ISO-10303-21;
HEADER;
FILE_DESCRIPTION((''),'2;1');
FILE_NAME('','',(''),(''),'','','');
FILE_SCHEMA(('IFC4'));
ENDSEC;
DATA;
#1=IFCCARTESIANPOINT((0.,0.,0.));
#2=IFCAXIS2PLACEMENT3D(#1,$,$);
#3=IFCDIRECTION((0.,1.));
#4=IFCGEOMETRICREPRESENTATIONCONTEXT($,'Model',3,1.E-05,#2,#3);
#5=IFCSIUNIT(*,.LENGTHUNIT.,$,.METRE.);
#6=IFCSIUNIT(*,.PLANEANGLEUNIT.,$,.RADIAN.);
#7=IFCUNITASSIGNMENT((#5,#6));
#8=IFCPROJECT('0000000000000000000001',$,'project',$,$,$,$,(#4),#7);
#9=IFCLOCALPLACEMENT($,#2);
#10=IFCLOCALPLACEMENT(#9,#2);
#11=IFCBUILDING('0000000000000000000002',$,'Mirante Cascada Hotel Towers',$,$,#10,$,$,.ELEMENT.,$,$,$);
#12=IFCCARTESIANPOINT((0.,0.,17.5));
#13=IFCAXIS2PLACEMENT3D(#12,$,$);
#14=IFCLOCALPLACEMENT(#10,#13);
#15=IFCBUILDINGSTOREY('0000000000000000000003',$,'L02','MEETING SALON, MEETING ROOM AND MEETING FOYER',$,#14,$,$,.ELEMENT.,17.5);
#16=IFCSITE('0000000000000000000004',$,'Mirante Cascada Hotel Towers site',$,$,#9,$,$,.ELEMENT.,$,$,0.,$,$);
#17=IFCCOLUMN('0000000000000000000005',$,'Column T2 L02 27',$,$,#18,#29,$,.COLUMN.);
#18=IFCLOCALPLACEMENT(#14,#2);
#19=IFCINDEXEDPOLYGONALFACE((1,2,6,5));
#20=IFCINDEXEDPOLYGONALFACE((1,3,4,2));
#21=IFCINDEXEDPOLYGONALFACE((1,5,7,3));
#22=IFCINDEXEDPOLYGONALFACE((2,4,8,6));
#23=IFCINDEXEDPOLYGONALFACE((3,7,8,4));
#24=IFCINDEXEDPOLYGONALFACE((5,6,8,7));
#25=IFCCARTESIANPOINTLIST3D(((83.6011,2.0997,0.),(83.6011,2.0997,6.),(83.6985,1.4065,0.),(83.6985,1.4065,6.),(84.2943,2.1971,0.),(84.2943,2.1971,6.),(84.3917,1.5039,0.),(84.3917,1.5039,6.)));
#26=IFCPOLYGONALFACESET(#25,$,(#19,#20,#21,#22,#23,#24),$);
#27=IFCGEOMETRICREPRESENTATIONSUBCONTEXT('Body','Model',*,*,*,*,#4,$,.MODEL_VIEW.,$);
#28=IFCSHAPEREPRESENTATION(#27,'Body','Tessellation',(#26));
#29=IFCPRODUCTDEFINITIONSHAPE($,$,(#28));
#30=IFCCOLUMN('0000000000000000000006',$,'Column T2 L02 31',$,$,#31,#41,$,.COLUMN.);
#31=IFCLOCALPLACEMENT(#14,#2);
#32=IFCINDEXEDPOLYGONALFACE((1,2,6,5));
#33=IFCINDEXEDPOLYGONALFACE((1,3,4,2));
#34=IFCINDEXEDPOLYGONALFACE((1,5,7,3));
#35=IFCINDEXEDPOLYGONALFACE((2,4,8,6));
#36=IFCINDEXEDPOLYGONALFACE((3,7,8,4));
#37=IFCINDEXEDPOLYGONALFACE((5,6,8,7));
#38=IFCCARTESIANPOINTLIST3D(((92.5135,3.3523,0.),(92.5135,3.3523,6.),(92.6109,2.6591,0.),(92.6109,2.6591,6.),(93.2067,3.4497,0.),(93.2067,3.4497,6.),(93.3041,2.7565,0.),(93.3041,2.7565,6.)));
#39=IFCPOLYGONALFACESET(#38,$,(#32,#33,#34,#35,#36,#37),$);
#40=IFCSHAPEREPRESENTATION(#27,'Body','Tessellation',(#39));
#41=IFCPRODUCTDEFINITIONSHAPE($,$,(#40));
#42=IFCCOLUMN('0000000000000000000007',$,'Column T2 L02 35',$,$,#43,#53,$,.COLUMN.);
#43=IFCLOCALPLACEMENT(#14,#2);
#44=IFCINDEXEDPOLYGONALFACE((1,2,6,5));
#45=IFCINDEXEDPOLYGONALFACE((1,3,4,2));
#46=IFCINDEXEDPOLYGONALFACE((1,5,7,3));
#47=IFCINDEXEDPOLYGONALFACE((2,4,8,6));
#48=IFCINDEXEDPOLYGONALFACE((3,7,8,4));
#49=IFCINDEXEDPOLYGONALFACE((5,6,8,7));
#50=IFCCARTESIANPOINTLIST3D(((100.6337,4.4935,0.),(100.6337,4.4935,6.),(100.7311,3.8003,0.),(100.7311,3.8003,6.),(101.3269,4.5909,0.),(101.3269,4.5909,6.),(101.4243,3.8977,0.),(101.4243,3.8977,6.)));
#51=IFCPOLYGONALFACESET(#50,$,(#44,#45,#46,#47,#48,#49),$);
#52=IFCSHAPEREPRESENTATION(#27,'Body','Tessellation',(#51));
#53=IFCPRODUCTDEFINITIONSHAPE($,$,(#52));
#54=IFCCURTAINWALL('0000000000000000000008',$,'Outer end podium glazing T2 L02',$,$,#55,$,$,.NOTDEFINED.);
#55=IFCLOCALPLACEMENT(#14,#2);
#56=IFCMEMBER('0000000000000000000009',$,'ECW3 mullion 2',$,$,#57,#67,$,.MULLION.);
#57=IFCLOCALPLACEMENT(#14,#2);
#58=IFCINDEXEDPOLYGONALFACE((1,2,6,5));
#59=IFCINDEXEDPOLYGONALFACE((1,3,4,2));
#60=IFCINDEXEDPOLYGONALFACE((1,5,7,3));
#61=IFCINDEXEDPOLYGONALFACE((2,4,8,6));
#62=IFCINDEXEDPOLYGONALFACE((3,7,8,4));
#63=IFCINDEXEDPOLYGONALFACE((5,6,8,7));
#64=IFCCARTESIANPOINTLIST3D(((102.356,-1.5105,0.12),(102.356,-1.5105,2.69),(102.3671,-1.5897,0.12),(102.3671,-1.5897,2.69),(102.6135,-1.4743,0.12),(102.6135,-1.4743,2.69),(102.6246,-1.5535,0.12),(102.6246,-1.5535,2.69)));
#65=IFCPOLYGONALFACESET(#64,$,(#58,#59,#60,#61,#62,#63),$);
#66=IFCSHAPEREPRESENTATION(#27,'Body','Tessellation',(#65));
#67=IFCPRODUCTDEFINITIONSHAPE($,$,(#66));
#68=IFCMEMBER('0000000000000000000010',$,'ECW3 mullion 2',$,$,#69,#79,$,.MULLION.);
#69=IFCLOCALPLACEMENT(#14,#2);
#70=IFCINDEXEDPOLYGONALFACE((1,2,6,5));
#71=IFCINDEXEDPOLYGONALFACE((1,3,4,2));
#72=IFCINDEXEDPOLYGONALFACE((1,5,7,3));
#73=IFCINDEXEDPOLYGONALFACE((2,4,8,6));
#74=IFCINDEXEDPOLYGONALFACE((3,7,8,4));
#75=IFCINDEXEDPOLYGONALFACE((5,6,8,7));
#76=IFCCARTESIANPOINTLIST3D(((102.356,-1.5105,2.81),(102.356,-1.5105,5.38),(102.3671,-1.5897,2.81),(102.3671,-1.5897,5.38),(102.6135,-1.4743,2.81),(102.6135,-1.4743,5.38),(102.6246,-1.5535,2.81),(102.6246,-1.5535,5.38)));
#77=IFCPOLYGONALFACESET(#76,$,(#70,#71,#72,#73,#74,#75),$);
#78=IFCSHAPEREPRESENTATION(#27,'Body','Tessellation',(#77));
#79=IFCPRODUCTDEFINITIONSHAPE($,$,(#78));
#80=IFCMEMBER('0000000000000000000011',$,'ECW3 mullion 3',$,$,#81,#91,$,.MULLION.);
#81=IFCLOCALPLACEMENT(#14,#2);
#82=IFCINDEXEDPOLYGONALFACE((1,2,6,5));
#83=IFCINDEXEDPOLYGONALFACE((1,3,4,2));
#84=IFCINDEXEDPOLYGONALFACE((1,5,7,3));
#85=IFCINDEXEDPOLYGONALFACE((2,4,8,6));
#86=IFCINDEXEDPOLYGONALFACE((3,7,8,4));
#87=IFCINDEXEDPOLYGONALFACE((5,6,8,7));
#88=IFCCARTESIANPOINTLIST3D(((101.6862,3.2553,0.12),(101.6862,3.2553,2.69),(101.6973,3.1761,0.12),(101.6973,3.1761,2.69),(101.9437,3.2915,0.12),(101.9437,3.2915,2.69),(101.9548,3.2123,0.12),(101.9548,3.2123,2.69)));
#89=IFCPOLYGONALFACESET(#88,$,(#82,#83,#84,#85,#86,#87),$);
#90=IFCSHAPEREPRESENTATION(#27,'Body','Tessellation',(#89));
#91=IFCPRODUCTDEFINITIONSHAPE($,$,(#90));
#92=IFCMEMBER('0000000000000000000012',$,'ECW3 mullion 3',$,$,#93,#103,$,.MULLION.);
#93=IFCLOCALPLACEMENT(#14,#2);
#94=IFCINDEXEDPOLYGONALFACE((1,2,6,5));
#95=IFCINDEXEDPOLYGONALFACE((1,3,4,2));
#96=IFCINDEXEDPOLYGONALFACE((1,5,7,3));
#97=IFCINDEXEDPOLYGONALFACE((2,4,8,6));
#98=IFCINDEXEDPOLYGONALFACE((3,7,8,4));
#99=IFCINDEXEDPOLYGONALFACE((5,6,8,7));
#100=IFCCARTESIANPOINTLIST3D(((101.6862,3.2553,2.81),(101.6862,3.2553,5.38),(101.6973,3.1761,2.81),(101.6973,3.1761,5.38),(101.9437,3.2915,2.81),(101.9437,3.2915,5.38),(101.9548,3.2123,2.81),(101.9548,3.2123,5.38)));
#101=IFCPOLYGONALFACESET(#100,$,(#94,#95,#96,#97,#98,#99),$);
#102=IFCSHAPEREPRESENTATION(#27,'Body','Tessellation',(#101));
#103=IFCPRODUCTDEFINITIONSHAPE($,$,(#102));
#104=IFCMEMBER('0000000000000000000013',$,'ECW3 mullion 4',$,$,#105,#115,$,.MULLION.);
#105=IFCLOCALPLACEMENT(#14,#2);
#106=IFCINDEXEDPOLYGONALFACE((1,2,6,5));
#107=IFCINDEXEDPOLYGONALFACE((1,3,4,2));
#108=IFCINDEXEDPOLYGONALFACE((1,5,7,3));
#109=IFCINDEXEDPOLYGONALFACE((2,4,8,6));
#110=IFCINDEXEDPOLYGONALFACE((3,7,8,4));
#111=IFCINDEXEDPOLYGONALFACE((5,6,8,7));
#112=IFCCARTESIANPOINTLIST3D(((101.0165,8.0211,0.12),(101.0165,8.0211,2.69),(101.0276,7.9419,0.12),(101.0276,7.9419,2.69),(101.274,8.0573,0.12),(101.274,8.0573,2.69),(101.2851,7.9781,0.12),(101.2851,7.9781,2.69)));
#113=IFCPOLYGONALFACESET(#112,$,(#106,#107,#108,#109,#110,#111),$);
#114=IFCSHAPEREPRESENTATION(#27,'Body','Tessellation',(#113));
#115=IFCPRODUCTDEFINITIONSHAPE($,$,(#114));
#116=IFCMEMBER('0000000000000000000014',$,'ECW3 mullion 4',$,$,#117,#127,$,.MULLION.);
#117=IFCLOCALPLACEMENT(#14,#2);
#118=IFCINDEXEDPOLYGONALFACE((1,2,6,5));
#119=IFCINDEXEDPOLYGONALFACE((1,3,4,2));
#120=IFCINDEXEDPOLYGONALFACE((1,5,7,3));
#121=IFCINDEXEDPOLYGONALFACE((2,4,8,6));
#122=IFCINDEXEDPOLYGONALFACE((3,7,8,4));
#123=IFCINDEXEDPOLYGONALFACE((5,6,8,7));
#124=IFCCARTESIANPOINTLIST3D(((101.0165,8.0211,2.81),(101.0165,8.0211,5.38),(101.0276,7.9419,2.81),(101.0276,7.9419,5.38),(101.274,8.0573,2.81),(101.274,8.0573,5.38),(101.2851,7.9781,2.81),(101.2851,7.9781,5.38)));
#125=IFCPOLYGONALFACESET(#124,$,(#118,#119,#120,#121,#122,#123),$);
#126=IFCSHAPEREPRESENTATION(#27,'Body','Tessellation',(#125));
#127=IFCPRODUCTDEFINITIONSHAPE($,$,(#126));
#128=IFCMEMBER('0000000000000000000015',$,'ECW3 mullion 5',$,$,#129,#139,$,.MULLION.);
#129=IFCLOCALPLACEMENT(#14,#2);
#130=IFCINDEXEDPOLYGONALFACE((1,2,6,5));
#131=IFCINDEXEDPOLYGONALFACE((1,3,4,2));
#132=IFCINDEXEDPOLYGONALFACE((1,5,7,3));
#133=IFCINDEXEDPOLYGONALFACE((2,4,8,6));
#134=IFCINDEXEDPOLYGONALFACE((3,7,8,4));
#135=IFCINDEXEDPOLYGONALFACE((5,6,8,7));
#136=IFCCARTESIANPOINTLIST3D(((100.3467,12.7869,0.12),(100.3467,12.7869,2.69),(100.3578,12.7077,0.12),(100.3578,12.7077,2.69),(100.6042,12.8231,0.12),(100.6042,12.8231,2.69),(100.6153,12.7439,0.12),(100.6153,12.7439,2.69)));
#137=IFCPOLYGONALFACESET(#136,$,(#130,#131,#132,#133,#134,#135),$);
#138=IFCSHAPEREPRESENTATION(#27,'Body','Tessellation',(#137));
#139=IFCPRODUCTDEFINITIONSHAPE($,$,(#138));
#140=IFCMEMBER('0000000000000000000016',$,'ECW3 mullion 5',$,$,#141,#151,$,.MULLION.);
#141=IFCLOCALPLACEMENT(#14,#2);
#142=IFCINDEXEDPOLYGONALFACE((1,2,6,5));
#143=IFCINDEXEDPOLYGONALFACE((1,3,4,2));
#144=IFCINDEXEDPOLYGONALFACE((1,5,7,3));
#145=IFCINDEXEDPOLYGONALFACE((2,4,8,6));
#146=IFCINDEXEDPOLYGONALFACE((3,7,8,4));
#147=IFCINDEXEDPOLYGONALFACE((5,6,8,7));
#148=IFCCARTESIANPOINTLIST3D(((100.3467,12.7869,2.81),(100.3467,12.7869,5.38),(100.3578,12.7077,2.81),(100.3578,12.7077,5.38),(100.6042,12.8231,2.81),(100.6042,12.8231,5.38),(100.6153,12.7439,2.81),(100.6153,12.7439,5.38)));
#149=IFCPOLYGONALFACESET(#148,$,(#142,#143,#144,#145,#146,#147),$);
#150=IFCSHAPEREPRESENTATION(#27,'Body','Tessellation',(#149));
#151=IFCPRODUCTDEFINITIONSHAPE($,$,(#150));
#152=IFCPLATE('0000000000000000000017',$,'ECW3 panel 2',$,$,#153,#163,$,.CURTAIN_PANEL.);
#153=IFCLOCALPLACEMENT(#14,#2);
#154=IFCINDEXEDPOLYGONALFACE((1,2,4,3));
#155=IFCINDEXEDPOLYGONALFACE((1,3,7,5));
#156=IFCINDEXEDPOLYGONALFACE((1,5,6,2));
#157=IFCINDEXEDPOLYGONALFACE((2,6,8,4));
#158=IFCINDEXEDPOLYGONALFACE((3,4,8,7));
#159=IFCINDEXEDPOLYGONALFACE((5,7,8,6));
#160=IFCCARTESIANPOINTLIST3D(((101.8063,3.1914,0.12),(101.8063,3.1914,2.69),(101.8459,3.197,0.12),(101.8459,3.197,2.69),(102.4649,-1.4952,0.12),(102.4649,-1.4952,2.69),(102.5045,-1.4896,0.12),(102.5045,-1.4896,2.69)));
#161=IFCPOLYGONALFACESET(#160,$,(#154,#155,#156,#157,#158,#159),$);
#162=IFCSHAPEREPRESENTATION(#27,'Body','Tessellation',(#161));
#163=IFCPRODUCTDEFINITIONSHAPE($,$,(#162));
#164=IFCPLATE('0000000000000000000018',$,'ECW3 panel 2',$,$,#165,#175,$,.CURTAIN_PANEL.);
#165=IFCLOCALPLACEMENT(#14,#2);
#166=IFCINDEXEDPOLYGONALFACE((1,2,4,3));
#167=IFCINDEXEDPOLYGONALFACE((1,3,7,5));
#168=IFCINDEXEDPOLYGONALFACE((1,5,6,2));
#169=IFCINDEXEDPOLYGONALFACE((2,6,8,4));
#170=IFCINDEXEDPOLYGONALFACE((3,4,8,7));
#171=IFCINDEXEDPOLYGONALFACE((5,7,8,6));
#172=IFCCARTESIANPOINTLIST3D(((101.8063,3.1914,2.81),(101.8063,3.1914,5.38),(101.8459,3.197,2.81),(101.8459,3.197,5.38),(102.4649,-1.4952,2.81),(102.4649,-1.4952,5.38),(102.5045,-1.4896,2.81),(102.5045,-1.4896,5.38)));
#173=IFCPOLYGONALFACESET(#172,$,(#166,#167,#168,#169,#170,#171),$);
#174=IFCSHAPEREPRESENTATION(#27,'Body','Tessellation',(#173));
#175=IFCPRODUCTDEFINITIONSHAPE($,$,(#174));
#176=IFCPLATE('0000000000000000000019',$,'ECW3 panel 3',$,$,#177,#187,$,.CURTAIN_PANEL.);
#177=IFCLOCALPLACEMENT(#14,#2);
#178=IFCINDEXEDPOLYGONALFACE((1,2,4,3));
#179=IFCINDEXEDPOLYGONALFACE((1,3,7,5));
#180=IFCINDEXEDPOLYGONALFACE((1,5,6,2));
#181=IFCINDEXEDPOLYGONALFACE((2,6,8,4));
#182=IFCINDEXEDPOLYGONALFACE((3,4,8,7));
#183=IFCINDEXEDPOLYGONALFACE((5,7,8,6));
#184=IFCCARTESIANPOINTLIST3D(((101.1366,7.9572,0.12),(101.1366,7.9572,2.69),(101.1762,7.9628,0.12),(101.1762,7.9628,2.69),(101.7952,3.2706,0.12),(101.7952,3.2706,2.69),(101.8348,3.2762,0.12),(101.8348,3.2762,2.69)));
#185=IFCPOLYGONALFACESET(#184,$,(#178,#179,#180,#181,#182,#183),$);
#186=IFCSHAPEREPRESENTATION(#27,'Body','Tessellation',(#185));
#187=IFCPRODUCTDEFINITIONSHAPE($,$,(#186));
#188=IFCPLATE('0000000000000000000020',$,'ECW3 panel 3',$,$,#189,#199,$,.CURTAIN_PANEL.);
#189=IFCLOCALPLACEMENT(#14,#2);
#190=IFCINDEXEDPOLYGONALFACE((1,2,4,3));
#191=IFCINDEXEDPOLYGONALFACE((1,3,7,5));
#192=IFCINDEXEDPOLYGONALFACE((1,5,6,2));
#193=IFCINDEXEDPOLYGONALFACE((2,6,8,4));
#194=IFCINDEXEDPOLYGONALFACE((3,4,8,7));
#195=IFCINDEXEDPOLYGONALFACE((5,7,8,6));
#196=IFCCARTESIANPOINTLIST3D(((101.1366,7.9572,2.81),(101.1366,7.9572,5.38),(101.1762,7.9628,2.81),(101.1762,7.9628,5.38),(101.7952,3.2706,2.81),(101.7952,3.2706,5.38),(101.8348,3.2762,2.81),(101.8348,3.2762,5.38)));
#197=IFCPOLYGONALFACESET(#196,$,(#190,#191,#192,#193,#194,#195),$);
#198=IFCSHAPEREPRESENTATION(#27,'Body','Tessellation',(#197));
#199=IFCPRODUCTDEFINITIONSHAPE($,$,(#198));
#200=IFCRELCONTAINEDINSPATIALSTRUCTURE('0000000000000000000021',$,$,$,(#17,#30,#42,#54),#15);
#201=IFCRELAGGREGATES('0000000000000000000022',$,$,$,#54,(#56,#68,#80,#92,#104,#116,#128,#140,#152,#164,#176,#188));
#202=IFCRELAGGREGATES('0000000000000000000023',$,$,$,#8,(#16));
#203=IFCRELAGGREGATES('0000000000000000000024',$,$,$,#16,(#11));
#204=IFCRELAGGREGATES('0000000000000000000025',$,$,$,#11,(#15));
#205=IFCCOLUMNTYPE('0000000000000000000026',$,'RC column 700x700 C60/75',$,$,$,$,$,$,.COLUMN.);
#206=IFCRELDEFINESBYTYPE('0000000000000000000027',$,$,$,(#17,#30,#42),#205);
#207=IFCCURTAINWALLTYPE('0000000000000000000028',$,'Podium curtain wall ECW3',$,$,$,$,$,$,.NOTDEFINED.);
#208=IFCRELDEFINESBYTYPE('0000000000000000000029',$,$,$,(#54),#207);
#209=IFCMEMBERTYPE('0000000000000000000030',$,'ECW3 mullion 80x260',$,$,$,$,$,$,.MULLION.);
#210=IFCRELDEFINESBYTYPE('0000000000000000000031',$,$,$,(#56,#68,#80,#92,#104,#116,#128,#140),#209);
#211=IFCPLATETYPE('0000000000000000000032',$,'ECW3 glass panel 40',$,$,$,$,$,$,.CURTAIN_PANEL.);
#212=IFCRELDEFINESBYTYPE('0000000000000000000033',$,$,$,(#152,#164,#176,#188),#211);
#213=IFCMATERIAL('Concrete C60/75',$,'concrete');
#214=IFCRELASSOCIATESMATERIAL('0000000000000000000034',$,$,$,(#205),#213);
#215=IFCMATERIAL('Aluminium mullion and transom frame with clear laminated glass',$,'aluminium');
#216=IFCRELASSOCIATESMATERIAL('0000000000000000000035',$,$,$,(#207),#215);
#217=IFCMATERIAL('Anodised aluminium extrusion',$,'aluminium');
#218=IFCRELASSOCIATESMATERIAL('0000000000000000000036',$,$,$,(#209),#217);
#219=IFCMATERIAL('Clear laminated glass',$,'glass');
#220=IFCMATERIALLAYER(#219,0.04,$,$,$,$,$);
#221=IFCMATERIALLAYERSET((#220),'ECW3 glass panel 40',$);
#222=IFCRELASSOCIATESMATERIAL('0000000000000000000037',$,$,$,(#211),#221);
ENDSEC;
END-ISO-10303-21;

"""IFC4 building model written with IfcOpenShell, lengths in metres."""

from ifc_helpers import new_model, si_unit, direction, frame, origin, origin_2d, place, context, subcontext, project, spatial, rectangle, extrude, material, layer, layer_set, material_profile, profile_set, type_object, element, aggregate, save


model = new_model("IFC4")

# Units and contexts
model_context = context("Model", 3, precision=1e-05, world=origin(), true_north=direction((0.0, 1.0)))
body_context = subcontext(model_context, "Body", "Model", "MODEL_VIEW")
ifc_project = project(units=[si_unit("LENGTHUNIT", "METRE"), si_unit("PLANEANGLEUNIT", "RADIAN")], contexts=[model_context])

# Site, building, storey
site_placement = place(None, origin())
site = spatial("IfcSite", under=ifc_project, at=site_placement, Name="Mirante Cascada Hotel Towers site", CompositionType="ELEMENT", RefElevation=0.0)
building_placement = place(site_placement, origin())
building = spatial("IfcBuilding", under=site, at=building_placement, Name="Mirante Cascada Hotel Towers", CompositionType="ELEMENT")
storey_placement = place(building_placement, frame((0.0, 0.0, 17.5)))
storey = spatial("IfcBuildingStorey", under=building, at=storey_placement, Name="L02", Description="MEETING SALON, MEETING ROOM AND MEETING FOYER", CompositionType="ELEMENT", Elevation=17.5)

# Columns
ifc_material_1 = material(Name="Concrete C60/75", Category="concrete")
ifc_material_profile_1 = material_profile(ifc_material_1, rectangle(XDim=0.7, YDim=0.7, at=origin_2d()), Name="RC column 700x700 C60/75")
ifc_profile_set_1 = profile_set([ifc_material_profile_1], Name="Concrete C60/75")
column_type = type_object("IfcColumnType", Name="RC column 700x700 C60/75", PredefinedType="COLUMN", material=ifc_profile_set_1)
for number, where, z_axis, x_axis, name in (
    (1, (83.9964, 1.8018, 0.0), (0.0, 0.0, 1.0), (0.990268, 0.139173, 0.0), "Column T2 L02 27"),
    (2, (92.9088, 3.0544, 0.0), (0.0, 0.0, 1.0), (0.990268, 0.139173, 0.0), "Column T2 L02 31"),
    (3, (101.029, 4.1956, 0.0), (0.0, 0.0, 1.0), (0.990268, 0.139173, 0.0), "Column T2 L02 35"),
):
    element("IfcColumn", number, at=place(storey_placement, frame(where, z_axis=z_axis, x_axis=x_axis)), inside=storey, type_object=column_type, Name=name, PredefinedType="COLUMN", context=body_context, shape_type="SweptSolid", body=[
        extrude(rectangle(XDim=0.7, YDim=0.7, at=origin_2d()), origin(), (0.0, 0.0, 1.0), 6.0),
    ])

# Curtain wall, members, plates
ifc_material_2 = material(Name="Aluminium mullion and transom frame with clear laminated glass", Category="aluminium")
curtain_wall_type = type_object("IfcCurtainWallType", Name="Podium curtain wall ECW3", PredefinedType="NOTDEFINED", material=ifc_material_2)
curtain_wall_placement = place(storey_placement, origin())
curtain_wall = element("IfcCurtainWall", 4, at=curtain_wall_placement, inside=storey, type_object=curtain_wall_type, Name="Outer end podium glazing T2 L02", PredefinedType="NOTDEFINED")
ifc_material_3 = material(Name="Anodised aluminium extrusion", Category="aluminium")
ifc_material_profile_2 = material_profile(ifc_material_3, rectangle(XDim=0.26, YDim=0.08, at=origin_2d()), Name="ECW3 MULLION 80x260")
ifc_profile_set_2 = profile_set([ifc_material_profile_2], Name="Anodised aluminium extrusion")
member_type = type_object("IfcMemberType", Name="ECW3 mullion 80x260", PredefinedType="MULLION", material=ifc_profile_set_2)
member_1_placement = place(storey_placement, frame((102.4903, -1.532, 0.12), z_axis=(0.0, 0.0, 1.0), x_axis=(-0.990268, -0.139173, 0.0)))
member_1 = element("IfcMember", 5, at=member_1_placement, type_object=member_type, Name="ECW3 mullion 2", PredefinedType="MULLION", context=body_context, shape_type="SweptSolid", body=[
    extrude(rectangle(XDim=0.26, YDim=0.08, at=origin_2d()), origin(), (0.0, 0.0, 1.0), 2.57),
])
member_2_placement = place(storey_placement, frame((102.4903, -1.532, 2.81), z_axis=(0.0, 0.0, 1.0), x_axis=(-0.990268, -0.139173, 0.0)))
member_2 = element("IfcMember", 6, at=member_2_placement, type_object=member_type, Name="ECW3 mullion 2", PredefinedType="MULLION", context=body_context, shape_type="SweptSolid", body=[
    extrude(rectangle(XDim=0.26, YDim=0.08, at=origin_2d()), origin(), (0.0, 0.0, 1.0), 2.57),
])
member_3_placement = place(storey_placement, frame((101.8205, 3.2338, 0.12), z_axis=(0.0, 0.0, 1.0), x_axis=(-0.990268, -0.139173, 0.0)))
member_3 = element("IfcMember", 7, at=member_3_placement, type_object=member_type, Name="ECW3 mullion 3", PredefinedType="MULLION", context=body_context, shape_type="SweptSolid", body=[
    extrude(rectangle(XDim=0.26, YDim=0.08, at=origin_2d()), origin(), (0.0, 0.0, 1.0), 2.57),
])
member_4_placement = place(storey_placement, frame((101.8205, 3.2338, 2.81), z_axis=(0.0, 0.0, 1.0), x_axis=(-0.990268, -0.139173, 0.0)))
member_4 = element("IfcMember", 8, at=member_4_placement, type_object=member_type, Name="ECW3 mullion 3", PredefinedType="MULLION", context=body_context, shape_type="SweptSolid", body=[
    extrude(rectangle(XDim=0.26, YDim=0.08, at=origin_2d()), origin(), (0.0, 0.0, 1.0), 2.57),
])
member_5_placement = place(storey_placement, frame((101.1508, 7.9996, 0.12), z_axis=(0.0, 0.0, 1.0), x_axis=(-0.990268, -0.139173, 0.0)))
member_5 = element("IfcMember", 9, at=member_5_placement, type_object=member_type, Name="ECW3 mullion 4", PredefinedType="MULLION", context=body_context, shape_type="SweptSolid", body=[
    extrude(rectangle(XDim=0.26, YDim=0.08, at=origin_2d()), origin(), (0.0, 0.0, 1.0), 2.57),
])
member_6_placement = place(storey_placement, frame((101.1508, 7.9996, 2.81), z_axis=(0.0, 0.0, 1.0), x_axis=(-0.990268, -0.139173, 0.0)))
member_6 = element("IfcMember", 10, at=member_6_placement, type_object=member_type, Name="ECW3 mullion 4", PredefinedType="MULLION", context=body_context, shape_type="SweptSolid", body=[
    extrude(rectangle(XDim=0.26, YDim=0.08, at=origin_2d()), origin(), (0.0, 0.0, 1.0), 2.57),
])
member_7_placement = place(storey_placement, frame((100.481, 12.7654, 0.12), z_axis=(0.0, 0.0, 1.0), x_axis=(-0.990268, -0.139173, 0.0)))
member_7 = element("IfcMember", 11, at=member_7_placement, type_object=member_type, Name="ECW3 mullion 5", PredefinedType="MULLION", context=body_context, shape_type="SweptSolid", body=[
    extrude(rectangle(XDim=0.26, YDim=0.08, at=origin_2d()), origin(), (0.0, 0.0, 1.0), 2.57),
])
member_8_placement = place(storey_placement, frame((100.481, 12.7654, 2.81), z_axis=(0.0, 0.0, 1.0), x_axis=(-0.990268, -0.139173, 0.0)))
member_8 = element("IfcMember", 12, at=member_8_placement, type_object=member_type, Name="ECW3 mullion 5", PredefinedType="MULLION", context=body_context, shape_type="SweptSolid", body=[
    extrude(rectangle(XDim=0.26, YDim=0.08, at=origin_2d()), origin(), (0.0, 0.0, 1.0), 2.57),
])
ifc_material_4 = material(Name="Clear laminated glass", Category="glass")
ifc_layer_1 = layer(ifc_material_4, 0.04)
ifc_layer_set_1 = layer_set([ifc_layer_1], Name="ECW3 glass panel 40")
plate_type = type_object("IfcPlateType", Name="ECW3 glass panel 40", PredefinedType="CURTAIN_PANEL", material=ifc_layer_set_1)
plate_1_placement = place(storey_placement, frame((102.1554, 0.8509, 0.12), z_axis=(0.0, 0.0, 1.0), x_axis=(-0.139173, 0.990268, 0.0)))
plate_1 = element("IfcPlate", 13, at=plate_1_placement, type_object=plate_type, Name="ECW3 panel 2", PredefinedType="CURTAIN_PANEL", context=body_context, shape_type="SweptSolid", body=[
    extrude(rectangle(XDim=4.7326, YDim=0.04, at=origin_2d()), origin(), (0.0, 0.0, 1.0), 2.57),
])
plate_2_placement = place(storey_placement, frame((102.1554, 0.8509, 2.81), z_axis=(0.0, 0.0, 1.0), x_axis=(-0.139173, 0.990268, 0.0)))
plate_2 = element("IfcPlate", 14, at=plate_2_placement, type_object=plate_type, Name="ECW3 panel 2", PredefinedType="CURTAIN_PANEL", context=body_context, shape_type="SweptSolid", body=[
    extrude(rectangle(XDim=4.7326, YDim=0.04, at=origin_2d()), origin(), (0.0, 0.0, 1.0), 2.57),
])
plate_3_placement = place(storey_placement, frame((101.4857, 5.6167, 0.12), z_axis=(0.0, 0.0, 1.0), x_axis=(-0.139173, 0.990268, 0.0)))
plate_3 = element("IfcPlate", 15, at=plate_3_placement, type_object=plate_type, Name="ECW3 panel 3", PredefinedType="CURTAIN_PANEL", context=body_context, shape_type="SweptSolid", body=[
    extrude(rectangle(XDim=4.7326, YDim=0.04, at=origin_2d()), origin(), (0.0, 0.0, 1.0), 2.57),
])
plate_4_placement = place(storey_placement, frame((101.4857, 5.6167, 2.81), z_axis=(0.0, 0.0, 1.0), x_axis=(-0.139173, 0.990268, 0.0)))
plate_4 = element("IfcPlate", 16, at=plate_4_placement, type_object=plate_type, Name="ECW3 panel 3", PredefinedType="CURTAIN_PANEL", context=body_context, shape_type="SweptSolid", body=[
    extrude(rectangle(XDim=4.7326, YDim=0.04, at=origin_2d()), origin(), (0.0, 0.0, 1.0), 2.57),
])
aggregate(curtain_wall, [member_1, member_2, member_3, member_4, member_5, member_6, member_7, member_8, plate_1, plate_2, plate_3, plate_4])

save(model, "model.ifc")
